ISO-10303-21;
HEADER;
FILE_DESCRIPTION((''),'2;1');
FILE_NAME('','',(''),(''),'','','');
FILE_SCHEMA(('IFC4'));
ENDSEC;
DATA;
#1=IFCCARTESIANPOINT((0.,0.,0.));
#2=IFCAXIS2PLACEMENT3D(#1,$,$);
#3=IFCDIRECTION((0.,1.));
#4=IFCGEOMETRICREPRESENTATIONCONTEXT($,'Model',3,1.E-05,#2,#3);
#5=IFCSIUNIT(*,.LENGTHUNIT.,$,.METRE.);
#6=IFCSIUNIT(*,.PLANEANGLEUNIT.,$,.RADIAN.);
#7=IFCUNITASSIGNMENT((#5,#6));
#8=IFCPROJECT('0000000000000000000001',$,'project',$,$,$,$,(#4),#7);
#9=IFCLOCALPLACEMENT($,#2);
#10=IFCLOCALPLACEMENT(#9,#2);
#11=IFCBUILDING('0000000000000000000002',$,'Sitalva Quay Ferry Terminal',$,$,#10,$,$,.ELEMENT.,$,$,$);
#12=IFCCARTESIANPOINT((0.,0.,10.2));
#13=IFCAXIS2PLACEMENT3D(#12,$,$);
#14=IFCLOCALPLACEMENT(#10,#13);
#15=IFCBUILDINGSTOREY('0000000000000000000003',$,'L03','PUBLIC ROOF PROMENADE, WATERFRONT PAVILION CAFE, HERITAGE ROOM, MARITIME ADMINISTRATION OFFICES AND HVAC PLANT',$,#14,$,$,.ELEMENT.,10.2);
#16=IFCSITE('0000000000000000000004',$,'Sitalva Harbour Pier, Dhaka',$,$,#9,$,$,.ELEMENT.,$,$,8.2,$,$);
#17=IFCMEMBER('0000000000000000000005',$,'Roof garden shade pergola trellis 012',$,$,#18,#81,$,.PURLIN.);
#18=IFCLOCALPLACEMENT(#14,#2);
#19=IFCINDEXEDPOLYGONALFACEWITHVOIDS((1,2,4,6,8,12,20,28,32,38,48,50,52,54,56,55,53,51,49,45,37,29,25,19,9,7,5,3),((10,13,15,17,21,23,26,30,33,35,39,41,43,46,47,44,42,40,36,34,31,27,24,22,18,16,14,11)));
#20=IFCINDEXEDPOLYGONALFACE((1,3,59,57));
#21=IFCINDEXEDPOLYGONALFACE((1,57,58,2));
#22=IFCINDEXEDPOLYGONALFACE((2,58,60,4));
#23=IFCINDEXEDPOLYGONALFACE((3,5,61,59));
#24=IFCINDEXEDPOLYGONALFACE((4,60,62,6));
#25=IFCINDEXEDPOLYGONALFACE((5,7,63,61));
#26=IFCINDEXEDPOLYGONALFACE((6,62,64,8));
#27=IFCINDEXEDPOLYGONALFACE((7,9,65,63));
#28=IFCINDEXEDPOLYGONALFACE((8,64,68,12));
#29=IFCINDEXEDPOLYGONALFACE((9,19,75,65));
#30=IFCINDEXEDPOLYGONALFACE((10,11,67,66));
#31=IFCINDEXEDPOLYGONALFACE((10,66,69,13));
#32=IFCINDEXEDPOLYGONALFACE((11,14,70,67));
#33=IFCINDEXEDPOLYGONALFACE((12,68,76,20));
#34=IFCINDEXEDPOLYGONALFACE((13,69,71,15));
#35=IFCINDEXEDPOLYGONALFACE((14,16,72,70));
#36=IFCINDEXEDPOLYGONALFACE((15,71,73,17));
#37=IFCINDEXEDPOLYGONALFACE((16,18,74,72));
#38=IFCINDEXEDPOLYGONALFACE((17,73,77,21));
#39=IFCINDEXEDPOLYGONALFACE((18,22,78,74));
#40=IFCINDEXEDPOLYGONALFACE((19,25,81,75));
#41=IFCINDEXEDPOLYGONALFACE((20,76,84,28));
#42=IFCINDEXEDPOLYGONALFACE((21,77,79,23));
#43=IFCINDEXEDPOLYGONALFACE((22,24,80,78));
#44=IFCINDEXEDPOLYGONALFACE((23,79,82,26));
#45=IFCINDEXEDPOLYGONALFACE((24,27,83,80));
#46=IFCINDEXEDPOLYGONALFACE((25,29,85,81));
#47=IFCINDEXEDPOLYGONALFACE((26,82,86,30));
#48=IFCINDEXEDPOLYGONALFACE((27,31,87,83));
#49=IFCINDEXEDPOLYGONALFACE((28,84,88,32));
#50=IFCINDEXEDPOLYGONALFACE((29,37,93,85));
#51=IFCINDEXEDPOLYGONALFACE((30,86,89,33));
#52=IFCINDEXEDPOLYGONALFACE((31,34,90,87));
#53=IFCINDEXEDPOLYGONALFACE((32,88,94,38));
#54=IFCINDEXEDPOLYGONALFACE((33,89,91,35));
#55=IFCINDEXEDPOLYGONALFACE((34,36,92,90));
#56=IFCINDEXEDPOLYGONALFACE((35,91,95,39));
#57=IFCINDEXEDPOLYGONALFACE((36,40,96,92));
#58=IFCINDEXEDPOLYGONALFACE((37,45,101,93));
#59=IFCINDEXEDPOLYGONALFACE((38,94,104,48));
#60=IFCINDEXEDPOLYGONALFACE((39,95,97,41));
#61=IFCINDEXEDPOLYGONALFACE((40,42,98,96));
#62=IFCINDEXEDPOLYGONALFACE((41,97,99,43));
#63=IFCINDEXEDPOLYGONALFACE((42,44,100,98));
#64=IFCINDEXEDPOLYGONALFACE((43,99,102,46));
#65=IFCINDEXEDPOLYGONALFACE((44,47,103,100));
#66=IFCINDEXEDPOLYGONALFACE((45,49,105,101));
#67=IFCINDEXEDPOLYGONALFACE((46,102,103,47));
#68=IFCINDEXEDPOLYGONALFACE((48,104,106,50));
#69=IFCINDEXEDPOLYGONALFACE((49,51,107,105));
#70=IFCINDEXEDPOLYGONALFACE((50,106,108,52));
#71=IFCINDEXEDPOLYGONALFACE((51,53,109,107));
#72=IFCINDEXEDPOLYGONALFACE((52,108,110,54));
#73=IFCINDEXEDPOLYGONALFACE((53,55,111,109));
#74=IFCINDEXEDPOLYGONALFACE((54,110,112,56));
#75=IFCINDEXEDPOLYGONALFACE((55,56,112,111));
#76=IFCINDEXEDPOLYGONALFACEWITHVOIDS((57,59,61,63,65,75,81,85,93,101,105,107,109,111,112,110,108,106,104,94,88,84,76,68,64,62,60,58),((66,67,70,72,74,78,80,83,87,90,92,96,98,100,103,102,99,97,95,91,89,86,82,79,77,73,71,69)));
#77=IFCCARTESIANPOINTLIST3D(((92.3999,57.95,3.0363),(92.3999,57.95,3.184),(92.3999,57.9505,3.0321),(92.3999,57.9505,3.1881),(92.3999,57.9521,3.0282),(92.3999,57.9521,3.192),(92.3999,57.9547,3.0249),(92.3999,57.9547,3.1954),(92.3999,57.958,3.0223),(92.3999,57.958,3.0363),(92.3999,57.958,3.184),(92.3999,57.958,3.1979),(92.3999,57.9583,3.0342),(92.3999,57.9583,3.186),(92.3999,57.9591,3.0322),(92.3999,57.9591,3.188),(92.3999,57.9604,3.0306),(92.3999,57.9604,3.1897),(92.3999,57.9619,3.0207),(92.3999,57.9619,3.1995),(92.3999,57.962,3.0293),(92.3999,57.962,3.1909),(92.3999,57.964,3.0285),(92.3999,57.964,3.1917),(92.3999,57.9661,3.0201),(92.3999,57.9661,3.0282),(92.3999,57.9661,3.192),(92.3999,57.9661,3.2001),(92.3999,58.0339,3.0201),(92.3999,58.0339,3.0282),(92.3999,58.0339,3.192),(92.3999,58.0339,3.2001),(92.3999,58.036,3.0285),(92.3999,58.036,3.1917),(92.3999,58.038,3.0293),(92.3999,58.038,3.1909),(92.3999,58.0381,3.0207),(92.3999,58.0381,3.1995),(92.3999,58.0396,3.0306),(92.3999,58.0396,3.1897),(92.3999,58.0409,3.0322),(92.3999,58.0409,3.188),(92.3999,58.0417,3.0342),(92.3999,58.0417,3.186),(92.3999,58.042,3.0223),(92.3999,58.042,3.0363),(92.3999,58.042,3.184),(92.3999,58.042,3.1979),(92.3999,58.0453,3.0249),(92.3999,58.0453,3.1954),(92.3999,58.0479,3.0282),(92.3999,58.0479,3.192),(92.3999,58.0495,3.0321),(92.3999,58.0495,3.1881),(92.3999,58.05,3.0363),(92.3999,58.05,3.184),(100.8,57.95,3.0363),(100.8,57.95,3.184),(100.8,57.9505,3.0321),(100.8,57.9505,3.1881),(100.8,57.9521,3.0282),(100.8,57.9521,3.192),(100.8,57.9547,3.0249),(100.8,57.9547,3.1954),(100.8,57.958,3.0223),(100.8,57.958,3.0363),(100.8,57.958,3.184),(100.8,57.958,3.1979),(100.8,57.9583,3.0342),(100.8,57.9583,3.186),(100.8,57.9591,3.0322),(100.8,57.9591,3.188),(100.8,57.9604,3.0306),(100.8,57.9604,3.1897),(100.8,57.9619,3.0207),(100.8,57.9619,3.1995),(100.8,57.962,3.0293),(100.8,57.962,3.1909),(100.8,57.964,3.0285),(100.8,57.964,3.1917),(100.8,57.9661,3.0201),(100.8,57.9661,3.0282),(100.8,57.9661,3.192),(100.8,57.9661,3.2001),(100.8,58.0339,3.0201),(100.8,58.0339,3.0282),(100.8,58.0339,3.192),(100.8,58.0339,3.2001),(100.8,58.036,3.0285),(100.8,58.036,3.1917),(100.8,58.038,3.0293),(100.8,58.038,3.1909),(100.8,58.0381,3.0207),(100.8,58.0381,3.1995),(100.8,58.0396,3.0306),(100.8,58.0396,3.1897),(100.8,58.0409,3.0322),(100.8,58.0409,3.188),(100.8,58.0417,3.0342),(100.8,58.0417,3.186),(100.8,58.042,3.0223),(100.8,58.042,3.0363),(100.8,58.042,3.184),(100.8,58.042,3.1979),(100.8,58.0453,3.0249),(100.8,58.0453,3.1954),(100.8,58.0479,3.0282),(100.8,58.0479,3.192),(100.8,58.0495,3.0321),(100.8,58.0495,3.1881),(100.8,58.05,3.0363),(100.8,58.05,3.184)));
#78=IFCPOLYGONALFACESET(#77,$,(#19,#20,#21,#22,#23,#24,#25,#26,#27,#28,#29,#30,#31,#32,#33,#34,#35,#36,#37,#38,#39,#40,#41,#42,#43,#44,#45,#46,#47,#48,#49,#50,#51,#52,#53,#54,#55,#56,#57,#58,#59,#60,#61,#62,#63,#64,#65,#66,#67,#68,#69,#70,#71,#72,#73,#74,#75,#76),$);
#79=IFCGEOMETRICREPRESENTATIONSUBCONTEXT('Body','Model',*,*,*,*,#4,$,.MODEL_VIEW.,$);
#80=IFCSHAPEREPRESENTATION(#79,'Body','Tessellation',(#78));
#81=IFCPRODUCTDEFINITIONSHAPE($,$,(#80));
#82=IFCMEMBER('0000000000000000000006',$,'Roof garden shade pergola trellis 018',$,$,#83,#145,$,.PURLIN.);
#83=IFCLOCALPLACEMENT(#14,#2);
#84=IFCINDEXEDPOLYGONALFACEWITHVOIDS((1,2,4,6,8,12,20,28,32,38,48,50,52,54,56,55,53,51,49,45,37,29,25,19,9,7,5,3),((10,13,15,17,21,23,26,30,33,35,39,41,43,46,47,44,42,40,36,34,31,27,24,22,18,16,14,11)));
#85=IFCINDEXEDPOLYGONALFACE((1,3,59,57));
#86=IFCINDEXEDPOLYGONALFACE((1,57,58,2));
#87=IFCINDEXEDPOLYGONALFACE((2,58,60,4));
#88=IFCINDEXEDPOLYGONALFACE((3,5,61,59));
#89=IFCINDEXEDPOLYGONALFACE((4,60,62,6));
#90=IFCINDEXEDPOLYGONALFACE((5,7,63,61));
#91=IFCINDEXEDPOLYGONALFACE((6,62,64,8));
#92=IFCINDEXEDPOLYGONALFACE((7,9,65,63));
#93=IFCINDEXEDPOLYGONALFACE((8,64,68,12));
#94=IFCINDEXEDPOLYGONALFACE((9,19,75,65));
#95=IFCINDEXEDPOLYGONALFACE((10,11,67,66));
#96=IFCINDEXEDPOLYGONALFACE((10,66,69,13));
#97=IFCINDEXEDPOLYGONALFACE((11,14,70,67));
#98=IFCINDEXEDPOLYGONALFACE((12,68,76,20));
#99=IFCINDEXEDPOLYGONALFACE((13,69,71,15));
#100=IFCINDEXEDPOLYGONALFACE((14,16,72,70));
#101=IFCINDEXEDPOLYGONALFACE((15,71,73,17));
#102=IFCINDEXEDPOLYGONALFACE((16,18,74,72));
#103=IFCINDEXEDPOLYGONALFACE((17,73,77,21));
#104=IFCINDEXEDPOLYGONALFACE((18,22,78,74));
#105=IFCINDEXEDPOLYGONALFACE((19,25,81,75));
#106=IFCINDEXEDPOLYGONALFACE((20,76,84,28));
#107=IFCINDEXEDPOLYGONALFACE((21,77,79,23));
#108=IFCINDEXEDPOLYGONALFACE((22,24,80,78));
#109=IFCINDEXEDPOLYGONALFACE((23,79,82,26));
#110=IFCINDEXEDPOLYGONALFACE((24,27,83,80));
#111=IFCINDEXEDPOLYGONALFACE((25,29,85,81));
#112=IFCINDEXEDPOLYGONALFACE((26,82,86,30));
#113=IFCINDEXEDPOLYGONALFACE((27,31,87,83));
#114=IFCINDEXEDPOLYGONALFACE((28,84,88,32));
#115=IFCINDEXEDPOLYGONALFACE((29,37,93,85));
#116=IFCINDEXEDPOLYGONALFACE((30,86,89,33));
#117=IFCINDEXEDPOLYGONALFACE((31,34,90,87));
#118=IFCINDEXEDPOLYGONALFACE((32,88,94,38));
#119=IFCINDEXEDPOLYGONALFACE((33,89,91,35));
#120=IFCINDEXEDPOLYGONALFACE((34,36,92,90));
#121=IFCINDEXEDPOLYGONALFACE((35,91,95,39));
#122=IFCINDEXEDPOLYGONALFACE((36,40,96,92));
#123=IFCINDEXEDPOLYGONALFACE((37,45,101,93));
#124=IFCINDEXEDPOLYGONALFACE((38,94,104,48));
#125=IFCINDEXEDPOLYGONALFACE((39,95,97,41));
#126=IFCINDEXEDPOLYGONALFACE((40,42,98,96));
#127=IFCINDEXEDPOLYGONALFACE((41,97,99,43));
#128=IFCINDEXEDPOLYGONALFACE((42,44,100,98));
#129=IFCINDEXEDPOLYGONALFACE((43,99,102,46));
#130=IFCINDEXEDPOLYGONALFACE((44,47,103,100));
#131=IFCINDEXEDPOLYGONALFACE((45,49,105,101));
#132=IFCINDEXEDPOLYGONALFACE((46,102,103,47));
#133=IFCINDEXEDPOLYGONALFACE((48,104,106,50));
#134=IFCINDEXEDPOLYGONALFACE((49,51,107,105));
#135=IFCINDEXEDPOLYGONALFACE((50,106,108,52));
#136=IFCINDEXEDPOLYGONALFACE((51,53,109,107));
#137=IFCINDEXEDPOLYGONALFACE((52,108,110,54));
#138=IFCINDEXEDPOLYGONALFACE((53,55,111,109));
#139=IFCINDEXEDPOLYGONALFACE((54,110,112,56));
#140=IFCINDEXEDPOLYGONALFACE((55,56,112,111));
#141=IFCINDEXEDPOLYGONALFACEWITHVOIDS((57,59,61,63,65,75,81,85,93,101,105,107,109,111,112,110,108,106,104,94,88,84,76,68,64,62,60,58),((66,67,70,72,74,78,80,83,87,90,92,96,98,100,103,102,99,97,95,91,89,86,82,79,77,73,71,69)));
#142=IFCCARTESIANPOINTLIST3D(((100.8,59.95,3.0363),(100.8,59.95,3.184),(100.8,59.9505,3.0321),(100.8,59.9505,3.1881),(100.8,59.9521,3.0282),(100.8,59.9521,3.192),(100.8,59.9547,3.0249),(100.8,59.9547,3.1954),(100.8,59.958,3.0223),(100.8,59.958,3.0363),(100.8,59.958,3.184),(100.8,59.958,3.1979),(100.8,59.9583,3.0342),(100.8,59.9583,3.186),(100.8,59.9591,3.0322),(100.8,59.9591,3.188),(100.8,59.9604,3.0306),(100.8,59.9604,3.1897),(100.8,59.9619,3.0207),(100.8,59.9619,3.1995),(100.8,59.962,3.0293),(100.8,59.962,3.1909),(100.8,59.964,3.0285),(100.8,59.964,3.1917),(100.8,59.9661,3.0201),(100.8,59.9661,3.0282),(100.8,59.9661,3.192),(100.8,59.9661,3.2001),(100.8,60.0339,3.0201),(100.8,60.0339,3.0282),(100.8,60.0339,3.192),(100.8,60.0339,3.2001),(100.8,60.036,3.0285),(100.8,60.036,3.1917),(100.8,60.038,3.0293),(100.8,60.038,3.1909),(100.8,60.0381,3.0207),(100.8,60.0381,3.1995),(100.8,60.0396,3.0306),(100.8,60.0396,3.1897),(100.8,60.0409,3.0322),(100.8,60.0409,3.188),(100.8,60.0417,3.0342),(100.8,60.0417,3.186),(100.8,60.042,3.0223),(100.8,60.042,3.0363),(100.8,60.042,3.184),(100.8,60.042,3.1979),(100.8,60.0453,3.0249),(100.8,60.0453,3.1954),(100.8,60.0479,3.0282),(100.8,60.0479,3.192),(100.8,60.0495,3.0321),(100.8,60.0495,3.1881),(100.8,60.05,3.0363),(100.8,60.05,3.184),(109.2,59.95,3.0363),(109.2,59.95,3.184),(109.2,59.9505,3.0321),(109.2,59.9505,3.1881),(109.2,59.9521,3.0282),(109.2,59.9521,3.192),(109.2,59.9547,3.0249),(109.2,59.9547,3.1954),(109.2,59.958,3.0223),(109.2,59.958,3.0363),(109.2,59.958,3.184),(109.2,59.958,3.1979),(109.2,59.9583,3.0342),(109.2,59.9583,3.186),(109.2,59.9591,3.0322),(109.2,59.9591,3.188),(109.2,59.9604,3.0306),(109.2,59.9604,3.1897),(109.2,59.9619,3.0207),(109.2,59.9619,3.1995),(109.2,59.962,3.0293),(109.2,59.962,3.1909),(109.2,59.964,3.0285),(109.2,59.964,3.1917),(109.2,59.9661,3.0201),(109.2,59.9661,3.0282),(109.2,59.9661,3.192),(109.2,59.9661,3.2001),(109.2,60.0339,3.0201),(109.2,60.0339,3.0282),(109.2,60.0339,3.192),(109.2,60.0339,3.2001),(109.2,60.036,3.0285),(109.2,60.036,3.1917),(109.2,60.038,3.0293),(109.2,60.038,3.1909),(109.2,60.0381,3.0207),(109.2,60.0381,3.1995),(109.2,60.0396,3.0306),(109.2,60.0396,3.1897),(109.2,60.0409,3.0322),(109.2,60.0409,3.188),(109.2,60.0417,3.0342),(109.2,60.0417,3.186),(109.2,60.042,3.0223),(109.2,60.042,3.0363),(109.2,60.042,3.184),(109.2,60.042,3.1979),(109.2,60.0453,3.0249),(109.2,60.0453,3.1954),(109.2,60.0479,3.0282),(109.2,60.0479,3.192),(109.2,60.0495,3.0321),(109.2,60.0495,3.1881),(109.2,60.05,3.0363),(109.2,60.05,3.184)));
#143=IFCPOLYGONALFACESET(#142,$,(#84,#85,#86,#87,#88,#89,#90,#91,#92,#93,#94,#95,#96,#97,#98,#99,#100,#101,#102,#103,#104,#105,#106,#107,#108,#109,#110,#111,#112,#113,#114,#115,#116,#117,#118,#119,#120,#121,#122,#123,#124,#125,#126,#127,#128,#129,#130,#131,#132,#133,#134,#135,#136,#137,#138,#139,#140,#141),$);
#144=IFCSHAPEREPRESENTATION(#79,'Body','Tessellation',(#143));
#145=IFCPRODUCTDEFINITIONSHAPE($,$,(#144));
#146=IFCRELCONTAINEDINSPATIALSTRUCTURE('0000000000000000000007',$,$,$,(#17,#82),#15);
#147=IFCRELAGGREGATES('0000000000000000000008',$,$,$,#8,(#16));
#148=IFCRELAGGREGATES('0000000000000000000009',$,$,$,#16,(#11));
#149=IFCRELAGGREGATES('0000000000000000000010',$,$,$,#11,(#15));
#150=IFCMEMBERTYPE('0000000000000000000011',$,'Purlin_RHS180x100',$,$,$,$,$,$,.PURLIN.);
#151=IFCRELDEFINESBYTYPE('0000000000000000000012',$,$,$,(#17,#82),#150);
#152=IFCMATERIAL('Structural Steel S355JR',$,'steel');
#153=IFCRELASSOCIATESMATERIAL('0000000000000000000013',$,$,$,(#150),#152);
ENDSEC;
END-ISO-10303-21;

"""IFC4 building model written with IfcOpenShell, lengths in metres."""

from ifc_helpers import new_model, si_unit, direction, frame, origin, origin_2d, place, context, subcontext, project, spatial, hollow_rectangle, extrude, material, material_profile, profile_set, type_object, element, save


model = new_model("IFC4")

# Units and contexts
model_context = context("Model", 3, precision=1e-05, world=origin(), true_north=direction((0.0, 1.0)))
body_context = subcontext(model_context, "Body", "Model", "MODEL_VIEW")
ifc_project = project(units=[si_unit("LENGTHUNIT", "METRE"), si_unit("PLANEANGLEUNIT", "RADIAN")], contexts=[model_context])

# Site, building, storey
site_placement = place(None, origin())
site = spatial("IfcSite", under=ifc_project, at=site_placement, Name="Sitalva Harbour Pier, Dhaka", CompositionType="ELEMENT", RefElevation=8.2)
building_placement = place(site_placement, origin())
building = spatial("IfcBuilding", under=site, at=building_placement, Name="Sitalva Quay Ferry Terminal", CompositionType="ELEMENT")
storey_placement = place(building_placement, frame((0.0, 0.0, 10.2)))
storey = spatial("IfcBuildingStorey", under=building, at=storey_placement, Name="L03", Description="PUBLIC ROOF PROMENADE, WATERFRONT PAVILION CAFE, HERITAGE ROOM, MARITIME ADMINISTRATION OFFICES AND HVAC PLANT", CompositionType="ELEMENT", Elevation=10.2)

# Members
ifc_material_1 = material(Name="Structural Steel S355JR", Category="steel")
ifc_material_profile_1 = material_profile(ifc_material_1, hollow_rectangle(XDim=0.1001, YDim=0.1799, WallThickness=0.0081, InnerFilletRadius=0.0081, OuterFilletRadius=0.0161, at=origin_2d()), Name="RHS180x100x8")
ifc_profile_set_1 = profile_set([ifc_material_profile_1], Name="Structural Steel S355JR")
member_type_1 = type_object("IfcMemberType", Name="Purlin_RHS180x100", PredefinedType="PURLIN", material=ifc_profile_set_1)
member_1_placement = place(storey_placement, frame((92.3999, 58.0, 3.1101), z_axis=(1.0, 0.0, 0.0), x_axis=(0.0, 1.0, 0.0)))
element("IfcMember", 1, at=member_1_placement, inside=storey, type_object=member_type_1, Name="Roof garden shade pergola trellis 012", PredefinedType="PURLIN", context=body_context, shape_type="SweptSolid", body=[
    extrude(hollow_rectangle(XDim=0.1001, YDim=0.1799, WallThickness=0.0081, InnerFilletRadius=0.0081, OuterFilletRadius=0.0161, at=origin_2d()), origin(), (0.0, 0.0, 1.0), 8.4001),
])
member_2_placement = place(storey_placement, frame((100.8, 60.0, 3.1101), z_axis=(1.0, 0.0, 0.0), x_axis=(0.0, 1.0, 0.0)))
element("IfcMember", 2, at=member_2_placement, inside=storey, type_object=member_type_1, Name="Roof garden shade pergola trellis 018", PredefinedType="PURLIN", context=body_context, shape_type="SweptSolid", body=[
    extrude(hollow_rectangle(XDim=0.1001, YDim=0.1799, WallThickness=0.0081, InnerFilletRadius=0.0081, OuterFilletRadius=0.0161, at=origin_2d()), origin(), (0.0, 0.0, 1.0), 8.3999),
])

save(model, "model.ifc")
